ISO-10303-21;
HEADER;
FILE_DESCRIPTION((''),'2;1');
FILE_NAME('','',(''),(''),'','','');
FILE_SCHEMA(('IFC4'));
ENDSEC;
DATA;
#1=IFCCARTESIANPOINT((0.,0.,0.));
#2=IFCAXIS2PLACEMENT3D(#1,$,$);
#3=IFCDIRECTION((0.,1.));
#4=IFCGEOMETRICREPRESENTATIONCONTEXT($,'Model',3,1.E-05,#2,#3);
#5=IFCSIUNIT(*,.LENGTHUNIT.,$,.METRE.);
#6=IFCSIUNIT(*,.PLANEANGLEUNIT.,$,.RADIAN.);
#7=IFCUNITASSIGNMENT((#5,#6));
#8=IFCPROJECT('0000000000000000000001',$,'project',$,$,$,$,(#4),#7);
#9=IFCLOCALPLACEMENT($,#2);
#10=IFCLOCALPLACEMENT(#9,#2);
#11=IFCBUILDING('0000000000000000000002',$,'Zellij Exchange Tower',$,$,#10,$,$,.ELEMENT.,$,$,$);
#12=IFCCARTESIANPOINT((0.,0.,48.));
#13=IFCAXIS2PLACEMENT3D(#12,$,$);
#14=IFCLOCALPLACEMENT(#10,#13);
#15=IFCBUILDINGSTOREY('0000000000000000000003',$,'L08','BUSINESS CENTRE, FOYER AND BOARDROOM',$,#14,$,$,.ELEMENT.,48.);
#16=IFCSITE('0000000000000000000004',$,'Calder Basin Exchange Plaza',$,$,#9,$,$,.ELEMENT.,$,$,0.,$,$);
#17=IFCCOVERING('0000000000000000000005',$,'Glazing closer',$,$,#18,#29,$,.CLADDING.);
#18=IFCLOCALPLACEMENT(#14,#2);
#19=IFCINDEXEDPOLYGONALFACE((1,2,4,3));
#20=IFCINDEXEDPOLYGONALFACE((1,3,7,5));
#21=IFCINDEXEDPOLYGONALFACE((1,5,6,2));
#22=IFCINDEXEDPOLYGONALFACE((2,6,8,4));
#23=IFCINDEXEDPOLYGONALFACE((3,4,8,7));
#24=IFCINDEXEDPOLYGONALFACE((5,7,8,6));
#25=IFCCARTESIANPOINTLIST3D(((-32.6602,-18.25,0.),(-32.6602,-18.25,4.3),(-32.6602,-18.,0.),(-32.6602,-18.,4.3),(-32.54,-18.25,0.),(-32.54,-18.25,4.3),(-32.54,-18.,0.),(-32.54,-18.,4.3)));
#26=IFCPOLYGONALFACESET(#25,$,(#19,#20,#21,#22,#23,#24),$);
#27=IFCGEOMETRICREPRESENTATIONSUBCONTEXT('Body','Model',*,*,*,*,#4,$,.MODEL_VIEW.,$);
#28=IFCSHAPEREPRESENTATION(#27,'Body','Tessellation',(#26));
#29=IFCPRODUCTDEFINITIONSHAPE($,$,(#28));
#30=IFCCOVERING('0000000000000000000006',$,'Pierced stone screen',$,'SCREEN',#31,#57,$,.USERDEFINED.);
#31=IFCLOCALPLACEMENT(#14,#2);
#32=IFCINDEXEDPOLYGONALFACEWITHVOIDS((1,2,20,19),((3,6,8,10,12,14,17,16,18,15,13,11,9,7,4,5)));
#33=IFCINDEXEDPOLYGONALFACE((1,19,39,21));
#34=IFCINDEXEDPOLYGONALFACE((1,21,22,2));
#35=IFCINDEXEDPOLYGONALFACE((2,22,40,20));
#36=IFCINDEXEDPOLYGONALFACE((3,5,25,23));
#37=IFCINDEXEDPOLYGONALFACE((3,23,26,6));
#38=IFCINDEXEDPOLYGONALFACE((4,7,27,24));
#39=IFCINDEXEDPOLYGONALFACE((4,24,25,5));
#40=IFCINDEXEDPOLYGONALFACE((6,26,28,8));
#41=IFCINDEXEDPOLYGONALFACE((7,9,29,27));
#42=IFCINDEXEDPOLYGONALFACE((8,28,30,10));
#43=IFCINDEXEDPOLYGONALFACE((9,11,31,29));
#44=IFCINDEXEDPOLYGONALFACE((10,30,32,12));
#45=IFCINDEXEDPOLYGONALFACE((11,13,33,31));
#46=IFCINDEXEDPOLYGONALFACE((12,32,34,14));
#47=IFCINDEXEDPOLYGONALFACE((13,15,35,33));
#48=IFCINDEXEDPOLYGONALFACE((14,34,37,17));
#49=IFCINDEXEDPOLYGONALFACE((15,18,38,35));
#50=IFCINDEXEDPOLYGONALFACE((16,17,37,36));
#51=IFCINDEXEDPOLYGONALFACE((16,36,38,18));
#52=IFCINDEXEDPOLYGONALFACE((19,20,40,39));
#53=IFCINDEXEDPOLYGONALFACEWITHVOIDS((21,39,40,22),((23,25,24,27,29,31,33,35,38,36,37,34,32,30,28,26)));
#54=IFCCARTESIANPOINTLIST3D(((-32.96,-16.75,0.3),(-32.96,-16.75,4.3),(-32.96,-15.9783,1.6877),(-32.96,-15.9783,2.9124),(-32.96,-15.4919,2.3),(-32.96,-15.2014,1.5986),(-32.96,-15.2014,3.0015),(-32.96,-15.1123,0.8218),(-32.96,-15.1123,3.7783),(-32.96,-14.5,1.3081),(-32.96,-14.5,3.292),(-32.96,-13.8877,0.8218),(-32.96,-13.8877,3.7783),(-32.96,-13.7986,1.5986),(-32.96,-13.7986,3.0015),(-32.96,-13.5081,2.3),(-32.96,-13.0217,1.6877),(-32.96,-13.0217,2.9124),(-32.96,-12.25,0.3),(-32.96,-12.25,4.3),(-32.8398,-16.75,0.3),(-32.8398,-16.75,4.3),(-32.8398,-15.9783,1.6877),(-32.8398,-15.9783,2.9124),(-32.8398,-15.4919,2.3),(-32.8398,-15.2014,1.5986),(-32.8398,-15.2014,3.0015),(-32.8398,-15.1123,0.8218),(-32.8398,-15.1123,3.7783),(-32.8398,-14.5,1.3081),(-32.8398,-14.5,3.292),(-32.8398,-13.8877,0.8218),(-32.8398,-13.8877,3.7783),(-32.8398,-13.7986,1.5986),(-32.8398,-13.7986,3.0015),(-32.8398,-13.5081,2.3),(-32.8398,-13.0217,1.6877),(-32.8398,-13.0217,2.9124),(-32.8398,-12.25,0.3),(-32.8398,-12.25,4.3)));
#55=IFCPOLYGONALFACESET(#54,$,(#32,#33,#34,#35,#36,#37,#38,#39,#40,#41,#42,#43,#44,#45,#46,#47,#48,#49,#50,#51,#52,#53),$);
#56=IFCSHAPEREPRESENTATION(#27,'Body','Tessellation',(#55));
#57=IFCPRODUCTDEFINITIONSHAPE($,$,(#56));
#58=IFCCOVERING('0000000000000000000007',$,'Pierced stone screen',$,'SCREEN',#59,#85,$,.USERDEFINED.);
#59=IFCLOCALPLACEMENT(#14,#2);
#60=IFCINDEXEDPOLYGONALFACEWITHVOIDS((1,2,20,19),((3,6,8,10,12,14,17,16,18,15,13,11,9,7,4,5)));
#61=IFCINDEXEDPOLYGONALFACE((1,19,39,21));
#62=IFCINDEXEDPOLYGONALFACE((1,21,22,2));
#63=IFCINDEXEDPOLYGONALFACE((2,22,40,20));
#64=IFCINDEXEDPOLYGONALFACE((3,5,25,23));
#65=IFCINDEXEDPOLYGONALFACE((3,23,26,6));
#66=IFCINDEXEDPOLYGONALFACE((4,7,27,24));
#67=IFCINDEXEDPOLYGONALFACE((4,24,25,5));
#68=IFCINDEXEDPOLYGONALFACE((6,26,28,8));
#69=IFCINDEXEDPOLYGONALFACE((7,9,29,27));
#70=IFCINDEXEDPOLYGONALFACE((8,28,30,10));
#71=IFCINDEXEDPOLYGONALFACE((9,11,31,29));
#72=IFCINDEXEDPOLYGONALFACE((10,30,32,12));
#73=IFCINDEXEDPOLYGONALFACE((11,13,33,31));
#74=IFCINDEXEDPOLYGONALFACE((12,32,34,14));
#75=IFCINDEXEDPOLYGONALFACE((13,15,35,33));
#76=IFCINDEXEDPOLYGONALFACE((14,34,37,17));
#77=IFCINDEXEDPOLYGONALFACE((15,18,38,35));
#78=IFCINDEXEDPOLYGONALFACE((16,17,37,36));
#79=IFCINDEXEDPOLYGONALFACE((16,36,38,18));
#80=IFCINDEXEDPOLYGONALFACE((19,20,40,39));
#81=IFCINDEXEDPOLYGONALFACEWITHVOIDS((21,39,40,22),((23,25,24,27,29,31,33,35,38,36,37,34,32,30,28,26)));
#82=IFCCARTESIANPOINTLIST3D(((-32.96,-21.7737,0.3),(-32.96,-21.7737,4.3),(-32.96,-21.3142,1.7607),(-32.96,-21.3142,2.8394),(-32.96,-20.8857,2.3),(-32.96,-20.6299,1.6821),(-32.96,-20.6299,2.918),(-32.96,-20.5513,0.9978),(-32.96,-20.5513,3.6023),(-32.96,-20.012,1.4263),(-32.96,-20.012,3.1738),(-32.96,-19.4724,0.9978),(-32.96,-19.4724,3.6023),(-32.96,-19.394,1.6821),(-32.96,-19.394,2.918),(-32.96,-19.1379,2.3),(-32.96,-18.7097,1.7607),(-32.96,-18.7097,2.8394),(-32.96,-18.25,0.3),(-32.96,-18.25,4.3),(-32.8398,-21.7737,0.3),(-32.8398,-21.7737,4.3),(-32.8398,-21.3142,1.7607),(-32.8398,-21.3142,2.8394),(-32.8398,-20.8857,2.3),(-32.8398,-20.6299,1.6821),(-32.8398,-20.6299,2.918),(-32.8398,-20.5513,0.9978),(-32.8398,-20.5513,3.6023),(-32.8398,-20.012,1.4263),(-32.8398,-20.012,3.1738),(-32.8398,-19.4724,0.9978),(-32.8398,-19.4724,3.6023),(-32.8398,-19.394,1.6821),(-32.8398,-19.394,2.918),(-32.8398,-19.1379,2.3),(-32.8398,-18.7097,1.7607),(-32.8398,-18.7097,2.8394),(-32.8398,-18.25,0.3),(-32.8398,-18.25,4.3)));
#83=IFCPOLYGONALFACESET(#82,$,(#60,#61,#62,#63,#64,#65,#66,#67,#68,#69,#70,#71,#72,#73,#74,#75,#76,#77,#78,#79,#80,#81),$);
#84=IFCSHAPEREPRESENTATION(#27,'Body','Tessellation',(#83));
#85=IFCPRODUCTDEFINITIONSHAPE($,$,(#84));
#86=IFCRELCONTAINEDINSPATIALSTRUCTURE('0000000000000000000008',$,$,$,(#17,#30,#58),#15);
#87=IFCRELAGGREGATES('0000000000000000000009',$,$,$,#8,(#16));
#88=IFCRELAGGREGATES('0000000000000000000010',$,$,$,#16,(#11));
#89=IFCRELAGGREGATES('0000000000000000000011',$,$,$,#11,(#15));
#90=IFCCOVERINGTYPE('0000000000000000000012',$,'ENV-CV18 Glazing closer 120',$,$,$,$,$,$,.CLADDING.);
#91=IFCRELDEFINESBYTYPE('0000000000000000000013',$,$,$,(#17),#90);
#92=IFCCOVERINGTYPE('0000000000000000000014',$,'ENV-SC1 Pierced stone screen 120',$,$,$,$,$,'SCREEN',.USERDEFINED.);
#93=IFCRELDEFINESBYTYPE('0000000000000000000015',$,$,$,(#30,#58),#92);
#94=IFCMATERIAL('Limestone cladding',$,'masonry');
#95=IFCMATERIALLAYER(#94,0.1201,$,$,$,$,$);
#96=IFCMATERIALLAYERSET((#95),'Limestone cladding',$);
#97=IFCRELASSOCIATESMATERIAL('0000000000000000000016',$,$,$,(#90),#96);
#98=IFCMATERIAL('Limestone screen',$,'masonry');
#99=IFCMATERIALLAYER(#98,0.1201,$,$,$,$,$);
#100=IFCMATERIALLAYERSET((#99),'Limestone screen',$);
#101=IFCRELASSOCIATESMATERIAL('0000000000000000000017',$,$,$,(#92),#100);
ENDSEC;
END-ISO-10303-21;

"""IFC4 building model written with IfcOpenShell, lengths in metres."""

from ifc_helpers import new_model, si_unit, direction, frame, origin, origin_2d, place, context, subcontext, project, spatial, polyline, rectangle, outline, extrude, material, layer, layer_set, type_object, element, save


model = new_model("IFC4")

# Units and contexts
model_context = context("Model", 3, precision=1e-05, world=origin(), true_north=direction((0.0, 1.0)))
body_context = subcontext(model_context, "Body", "Model", "MODEL_VIEW")
ifc_project = project(units=[si_unit("LENGTHUNIT", "METRE"), si_unit("PLANEANGLEUNIT", "RADIAN")], contexts=[model_context])

# Site, building, storey
site_placement = place(None, origin())
site = spatial("IfcSite", under=ifc_project, at=site_placement, Name="Calder Basin Exchange Plaza", CompositionType="ELEMENT", RefElevation=0.0)
building_placement = place(site_placement, origin())
building = spatial("IfcBuilding", under=site, at=building_placement, Name="Zellij Exchange Tower", CompositionType="ELEMENT")
storey_placement = place(building_placement, frame((0.0, 0.0, 48.0)))
storey = spatial("IfcBuildingStorey", under=building, at=storey_placement, Name="L08", Description="BUSINESS CENTRE, FOYER AND BOARDROOM", CompositionType="ELEMENT", Elevation=48.0)

# Coverings
ifc_material_1 = material(Name="Limestone cladding", Category="masonry")
ifc_layer_1 = layer(ifc_material_1, 0.1201)
ifc_layer_set_1 = layer_set([ifc_layer_1], Name="Limestone cladding")
covering_type_1 = type_object("IfcCoveringType", Name="ENV-CV18 Glazing closer 120", PredefinedType="CLADDING", material=ifc_layer_set_1)
for number, where, z_axis, x_axis, name in (
    (1, (-32.6001, -18.125, 0.0), (0.0, 0.0, 1.0), (0.0, 1.0, 0.0), "Glazing closer"),
):
    element("IfcCovering", number, at=place(storey_placement, frame(where, z_axis=z_axis, x_axis=x_axis)), inside=storey, type_object=covering_type_1, Name=name, PredefinedType="CLADDING", context=body_context, shape_type="SweptSolid", body=[
        extrude(rectangle(XDim=0.25, YDim=0.1201, at=origin_2d()), origin(), (0.0, 0.0, 1.0), 4.3),
    ])
ifc_material_2 = material(Name="Limestone screen", Category="masonry")
ifc_layer_2 = layer(ifc_material_2, 0.1201)
ifc_layer_set_2 = layer_set([ifc_layer_2], Name="Limestone screen")
covering_type_2 = type_object("IfcCoveringType", Name="ENV-SC1 Pierced stone screen 120", ElementType="SCREEN", PredefinedType="USERDEFINED", material=ifc_layer_set_2)
covering_1_placement = place(storey_placement, frame((-32.8999, -12.25, 0.3), z_axis=(0.0, 0.0, 1.0), x_axis=(0.0, -1.0, 0.0)))
element("IfcCovering", 2, at=covering_1_placement, inside=storey, type_object=covering_type_2, Name="Pierced stone screen", ObjectType="SCREEN", PredefinedType="USERDEFINED", context=body_context, shape_type="SweptSolid", body=[
    extrude(outline(polyline([(0.0, 0.0), (4.5, 0.0), (4.5, 4.0), (0.0, 4.0), (0.0, 0.0)]), holes=[polyline([(3.7283, 2.6123), (2.9514, 2.7014), (2.8623, 3.4783), (2.25, 2.9919), (1.6377, 3.4783), (1.5486, 2.7014), (0.7717, 2.6123), (1.2581, 2.0), (0.7717, 1.3877), (1.5486, 1.2986), (1.6377, 0.5217), (2.25, 1.0081), (2.8623, 0.5217), (2.9514, 1.2986), (3.7283, 1.3877), (3.2419, 2.0), (3.7283, 2.6123)])]), frame((0.0, 0.0601, 0.0), z_axis=(0.0, -1.0, 0.0), x_axis=(1.0, 0.0, 0.0)), (0.0, 0.0, 1.0), 0.1201),
])
covering_2_placement = place(storey_placement, frame((-32.8999, -18.25, 0.3), z_axis=(0.0, 0.0, 1.0), x_axis=(0.0, -1.0, 0.0)))
element("IfcCovering", 3, at=covering_2_placement, inside=storey, type_object=covering_type_2, Name="Pierced stone screen", ObjectType="SCREEN", PredefinedType="USERDEFINED", context=body_context, shape_type="SweptSolid", body=[
    extrude(outline(polyline([(0.0, 0.0), (3.5237, 0.0), (3.5237, 4.0), (0.0, 4.0), (0.0, 0.0)]), holes=[polyline([(3.0642, 2.5393), (2.3799, 2.6179), (2.3013, 3.3022), (1.762, 2.8738), (1.2224, 3.3022), (1.144, 2.6179), (0.4597, 2.5393), (0.8879, 2.0), (0.4597, 1.4607), (1.144, 1.3821), (1.2224, 0.6978), (1.762, 1.1262), (2.3013, 0.6978), (2.3799, 1.3821), (3.0642, 1.4607), (2.6357, 2.0), (3.0642, 2.5393)])]), frame((0.0, 0.0601, 0.0), z_axis=(0.0, -1.0, 0.0), x_axis=(1.0, 0.0, 0.0)), (0.0, 0.0, 1.0), 0.1201),
])

save(model, "model.ifc")
